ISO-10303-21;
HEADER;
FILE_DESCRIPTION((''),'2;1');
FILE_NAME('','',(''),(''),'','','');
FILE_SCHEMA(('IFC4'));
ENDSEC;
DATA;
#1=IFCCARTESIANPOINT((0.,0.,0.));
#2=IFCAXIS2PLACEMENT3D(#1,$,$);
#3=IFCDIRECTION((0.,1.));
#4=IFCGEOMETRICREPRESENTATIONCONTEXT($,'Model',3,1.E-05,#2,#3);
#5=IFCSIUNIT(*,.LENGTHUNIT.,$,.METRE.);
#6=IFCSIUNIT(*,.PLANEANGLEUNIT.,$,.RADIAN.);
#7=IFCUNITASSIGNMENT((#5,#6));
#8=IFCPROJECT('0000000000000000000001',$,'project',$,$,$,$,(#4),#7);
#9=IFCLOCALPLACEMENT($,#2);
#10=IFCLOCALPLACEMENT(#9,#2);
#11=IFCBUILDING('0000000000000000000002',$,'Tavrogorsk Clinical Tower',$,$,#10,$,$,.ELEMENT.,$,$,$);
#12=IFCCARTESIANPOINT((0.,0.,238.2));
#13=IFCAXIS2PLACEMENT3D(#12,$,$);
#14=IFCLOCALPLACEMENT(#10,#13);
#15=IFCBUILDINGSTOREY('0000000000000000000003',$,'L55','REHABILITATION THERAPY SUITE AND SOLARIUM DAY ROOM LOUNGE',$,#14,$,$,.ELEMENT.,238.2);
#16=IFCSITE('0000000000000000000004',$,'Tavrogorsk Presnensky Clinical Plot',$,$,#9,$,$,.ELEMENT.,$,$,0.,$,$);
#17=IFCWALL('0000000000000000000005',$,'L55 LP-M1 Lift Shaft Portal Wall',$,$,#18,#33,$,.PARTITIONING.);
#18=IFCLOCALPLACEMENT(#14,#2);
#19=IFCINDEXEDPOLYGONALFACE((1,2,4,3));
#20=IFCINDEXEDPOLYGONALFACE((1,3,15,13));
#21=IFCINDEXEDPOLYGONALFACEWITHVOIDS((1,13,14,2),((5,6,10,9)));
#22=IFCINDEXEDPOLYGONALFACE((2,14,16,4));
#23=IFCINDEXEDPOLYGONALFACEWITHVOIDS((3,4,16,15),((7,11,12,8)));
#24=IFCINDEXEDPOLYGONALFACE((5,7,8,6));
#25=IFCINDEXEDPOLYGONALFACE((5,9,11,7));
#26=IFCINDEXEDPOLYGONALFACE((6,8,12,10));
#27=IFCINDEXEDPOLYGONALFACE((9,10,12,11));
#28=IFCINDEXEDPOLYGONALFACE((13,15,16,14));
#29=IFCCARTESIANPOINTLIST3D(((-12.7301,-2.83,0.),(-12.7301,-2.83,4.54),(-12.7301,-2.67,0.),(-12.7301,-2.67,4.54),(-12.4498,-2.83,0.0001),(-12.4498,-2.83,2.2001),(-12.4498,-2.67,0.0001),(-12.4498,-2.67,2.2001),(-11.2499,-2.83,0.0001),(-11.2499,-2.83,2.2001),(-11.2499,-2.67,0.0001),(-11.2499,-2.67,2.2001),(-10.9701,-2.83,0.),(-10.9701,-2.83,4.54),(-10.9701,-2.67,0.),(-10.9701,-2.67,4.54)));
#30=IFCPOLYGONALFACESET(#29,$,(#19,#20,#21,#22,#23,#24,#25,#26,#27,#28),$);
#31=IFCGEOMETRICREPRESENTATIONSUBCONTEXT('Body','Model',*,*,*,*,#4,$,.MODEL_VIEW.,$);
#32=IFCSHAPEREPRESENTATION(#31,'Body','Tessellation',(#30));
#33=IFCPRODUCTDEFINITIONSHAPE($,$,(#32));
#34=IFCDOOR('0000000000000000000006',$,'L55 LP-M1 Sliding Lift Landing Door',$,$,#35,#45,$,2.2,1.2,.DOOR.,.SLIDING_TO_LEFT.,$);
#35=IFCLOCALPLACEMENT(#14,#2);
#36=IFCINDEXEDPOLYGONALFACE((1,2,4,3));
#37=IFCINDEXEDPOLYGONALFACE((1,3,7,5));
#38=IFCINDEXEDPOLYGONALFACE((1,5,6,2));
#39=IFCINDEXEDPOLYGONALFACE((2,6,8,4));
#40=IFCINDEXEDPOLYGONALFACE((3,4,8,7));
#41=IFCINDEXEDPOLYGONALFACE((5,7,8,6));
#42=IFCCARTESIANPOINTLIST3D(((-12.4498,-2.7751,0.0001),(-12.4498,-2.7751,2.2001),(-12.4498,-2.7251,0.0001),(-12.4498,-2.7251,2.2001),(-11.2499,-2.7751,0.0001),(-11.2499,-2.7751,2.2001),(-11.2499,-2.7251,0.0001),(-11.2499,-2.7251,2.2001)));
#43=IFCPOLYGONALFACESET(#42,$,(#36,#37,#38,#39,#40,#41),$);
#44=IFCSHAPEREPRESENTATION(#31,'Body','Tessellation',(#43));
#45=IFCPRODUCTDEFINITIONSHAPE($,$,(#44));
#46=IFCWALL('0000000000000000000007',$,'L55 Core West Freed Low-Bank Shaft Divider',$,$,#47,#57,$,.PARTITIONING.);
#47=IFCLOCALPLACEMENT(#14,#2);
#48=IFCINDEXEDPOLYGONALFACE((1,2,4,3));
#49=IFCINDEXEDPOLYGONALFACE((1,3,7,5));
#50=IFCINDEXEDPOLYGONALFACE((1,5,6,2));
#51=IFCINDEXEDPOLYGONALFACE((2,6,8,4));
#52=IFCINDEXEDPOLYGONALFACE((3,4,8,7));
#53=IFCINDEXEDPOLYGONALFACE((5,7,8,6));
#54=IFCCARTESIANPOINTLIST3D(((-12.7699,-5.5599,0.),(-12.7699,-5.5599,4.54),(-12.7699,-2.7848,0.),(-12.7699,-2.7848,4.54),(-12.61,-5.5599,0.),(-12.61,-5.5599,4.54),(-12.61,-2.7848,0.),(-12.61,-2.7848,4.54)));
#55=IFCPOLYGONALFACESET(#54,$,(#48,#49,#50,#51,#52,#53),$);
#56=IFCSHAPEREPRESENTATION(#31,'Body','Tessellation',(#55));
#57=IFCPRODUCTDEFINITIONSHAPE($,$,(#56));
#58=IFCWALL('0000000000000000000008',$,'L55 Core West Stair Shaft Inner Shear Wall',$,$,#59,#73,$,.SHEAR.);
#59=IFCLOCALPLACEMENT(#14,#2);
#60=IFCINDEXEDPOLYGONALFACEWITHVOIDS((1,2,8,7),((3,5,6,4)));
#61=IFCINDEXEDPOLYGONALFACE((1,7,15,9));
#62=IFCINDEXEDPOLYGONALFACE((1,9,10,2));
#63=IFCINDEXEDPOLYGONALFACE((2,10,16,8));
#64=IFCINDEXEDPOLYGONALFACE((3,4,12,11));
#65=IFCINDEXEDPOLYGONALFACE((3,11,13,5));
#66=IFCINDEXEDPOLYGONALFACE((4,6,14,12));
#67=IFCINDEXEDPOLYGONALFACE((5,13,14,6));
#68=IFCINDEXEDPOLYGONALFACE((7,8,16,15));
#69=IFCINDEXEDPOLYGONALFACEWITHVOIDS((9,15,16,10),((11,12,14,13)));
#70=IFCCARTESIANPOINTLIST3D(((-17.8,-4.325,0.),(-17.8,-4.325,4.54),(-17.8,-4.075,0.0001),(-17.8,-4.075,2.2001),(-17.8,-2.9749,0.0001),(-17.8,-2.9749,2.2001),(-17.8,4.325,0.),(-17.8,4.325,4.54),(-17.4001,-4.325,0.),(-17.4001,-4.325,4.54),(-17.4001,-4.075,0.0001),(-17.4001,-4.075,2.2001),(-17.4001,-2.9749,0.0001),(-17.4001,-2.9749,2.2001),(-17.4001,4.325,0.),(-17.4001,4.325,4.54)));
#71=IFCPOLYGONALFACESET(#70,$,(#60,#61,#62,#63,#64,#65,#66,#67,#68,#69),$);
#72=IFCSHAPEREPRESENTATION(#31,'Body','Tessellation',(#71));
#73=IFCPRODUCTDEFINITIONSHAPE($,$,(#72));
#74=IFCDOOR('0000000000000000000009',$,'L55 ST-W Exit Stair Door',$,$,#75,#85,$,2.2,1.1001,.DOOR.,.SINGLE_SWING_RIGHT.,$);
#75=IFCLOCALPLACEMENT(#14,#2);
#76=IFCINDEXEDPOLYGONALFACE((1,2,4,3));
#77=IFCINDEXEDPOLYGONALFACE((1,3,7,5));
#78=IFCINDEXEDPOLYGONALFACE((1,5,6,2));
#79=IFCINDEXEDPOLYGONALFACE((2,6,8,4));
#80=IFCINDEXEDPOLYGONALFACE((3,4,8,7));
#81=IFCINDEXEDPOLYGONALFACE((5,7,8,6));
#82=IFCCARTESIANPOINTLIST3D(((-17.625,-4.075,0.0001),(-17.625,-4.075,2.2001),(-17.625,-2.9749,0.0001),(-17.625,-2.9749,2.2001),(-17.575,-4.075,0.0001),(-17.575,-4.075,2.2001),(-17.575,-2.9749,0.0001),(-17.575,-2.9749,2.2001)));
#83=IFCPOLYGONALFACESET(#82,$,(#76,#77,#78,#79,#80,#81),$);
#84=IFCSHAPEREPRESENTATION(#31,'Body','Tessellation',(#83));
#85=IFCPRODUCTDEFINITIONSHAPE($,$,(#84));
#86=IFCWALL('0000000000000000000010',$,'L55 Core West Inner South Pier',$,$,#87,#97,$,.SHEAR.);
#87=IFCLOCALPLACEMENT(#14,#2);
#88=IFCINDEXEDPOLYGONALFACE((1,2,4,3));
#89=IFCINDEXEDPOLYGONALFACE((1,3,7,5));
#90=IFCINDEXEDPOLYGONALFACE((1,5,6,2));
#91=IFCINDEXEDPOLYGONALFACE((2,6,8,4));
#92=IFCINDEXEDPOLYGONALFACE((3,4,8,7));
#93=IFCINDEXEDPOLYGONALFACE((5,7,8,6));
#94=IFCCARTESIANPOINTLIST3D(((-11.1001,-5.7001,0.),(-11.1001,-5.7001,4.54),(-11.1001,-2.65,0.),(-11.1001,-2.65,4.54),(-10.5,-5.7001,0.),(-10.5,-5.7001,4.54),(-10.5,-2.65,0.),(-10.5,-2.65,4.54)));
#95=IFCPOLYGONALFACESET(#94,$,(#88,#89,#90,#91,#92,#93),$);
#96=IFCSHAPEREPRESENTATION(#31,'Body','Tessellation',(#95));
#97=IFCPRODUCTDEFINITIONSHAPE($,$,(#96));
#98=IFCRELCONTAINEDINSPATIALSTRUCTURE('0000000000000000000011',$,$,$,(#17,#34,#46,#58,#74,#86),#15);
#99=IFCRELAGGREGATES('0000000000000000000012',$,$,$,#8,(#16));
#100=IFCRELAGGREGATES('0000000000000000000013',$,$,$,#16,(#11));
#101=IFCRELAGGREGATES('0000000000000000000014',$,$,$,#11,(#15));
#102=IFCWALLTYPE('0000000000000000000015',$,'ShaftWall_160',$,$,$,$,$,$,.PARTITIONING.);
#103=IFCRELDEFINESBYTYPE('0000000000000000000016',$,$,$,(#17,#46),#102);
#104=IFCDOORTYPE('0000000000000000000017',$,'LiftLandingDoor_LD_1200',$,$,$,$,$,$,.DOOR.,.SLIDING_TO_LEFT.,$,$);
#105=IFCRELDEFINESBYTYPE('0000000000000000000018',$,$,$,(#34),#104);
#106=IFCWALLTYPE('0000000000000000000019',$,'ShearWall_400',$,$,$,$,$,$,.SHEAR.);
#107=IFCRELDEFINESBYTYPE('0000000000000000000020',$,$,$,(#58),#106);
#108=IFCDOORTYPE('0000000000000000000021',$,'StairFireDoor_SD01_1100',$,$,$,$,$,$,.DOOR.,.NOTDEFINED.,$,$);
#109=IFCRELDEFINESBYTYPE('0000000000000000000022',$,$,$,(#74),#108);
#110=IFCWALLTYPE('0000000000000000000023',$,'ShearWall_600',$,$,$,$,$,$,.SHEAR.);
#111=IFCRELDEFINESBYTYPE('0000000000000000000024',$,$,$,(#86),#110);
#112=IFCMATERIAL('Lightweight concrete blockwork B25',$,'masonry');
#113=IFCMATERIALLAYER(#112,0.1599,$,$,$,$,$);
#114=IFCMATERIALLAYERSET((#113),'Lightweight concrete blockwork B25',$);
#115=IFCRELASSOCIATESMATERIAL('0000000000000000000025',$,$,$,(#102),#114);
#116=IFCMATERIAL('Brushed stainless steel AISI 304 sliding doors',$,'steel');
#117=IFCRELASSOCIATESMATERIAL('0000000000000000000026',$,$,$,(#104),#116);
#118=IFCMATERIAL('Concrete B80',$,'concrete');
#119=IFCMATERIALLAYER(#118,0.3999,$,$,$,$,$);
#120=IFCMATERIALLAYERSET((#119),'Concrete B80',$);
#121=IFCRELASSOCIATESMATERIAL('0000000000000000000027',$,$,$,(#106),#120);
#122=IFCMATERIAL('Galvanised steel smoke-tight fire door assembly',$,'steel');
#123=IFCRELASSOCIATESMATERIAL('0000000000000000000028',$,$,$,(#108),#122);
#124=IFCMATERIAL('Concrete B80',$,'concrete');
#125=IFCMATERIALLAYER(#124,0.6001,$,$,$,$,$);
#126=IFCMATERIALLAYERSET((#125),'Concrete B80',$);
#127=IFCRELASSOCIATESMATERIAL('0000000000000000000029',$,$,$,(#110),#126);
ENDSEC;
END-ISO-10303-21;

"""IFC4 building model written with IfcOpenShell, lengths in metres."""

from ifc_helpers import new_model, si_unit, direction, frame, frame_2d, origin, place, context, subcontext, project, spatial, rectangle, extrude, material, layer, layer_set, type_object, element, fill, save


model = new_model("IFC4")

# Units and contexts
model_context = context("Model", 3, precision=1e-05, world=origin(), true_north=direction((0.0, 1.0)))
body_context = subcontext(model_context, "Body", "Model", "MODEL_VIEW")
ifc_project = project(units=[si_unit("LENGTHUNIT", "METRE"), si_unit("PLANEANGLEUNIT", "RADIAN")], contexts=[model_context])

# Site, building, storey
site_placement = place(None, origin())
site = spatial("IfcSite", under=ifc_project, at=site_placement, Name="Tavrogorsk Presnensky Clinical Plot", CompositionType="ELEMENT", RefElevation=0.0)
building_placement = place(site_placement, origin())
building = spatial("IfcBuilding", under=site, at=building_placement, Name="Tavrogorsk Clinical Tower", CompositionType="ELEMENT")
storey_placement = place(building_placement, frame((0.0, 0.0, 238.2)))
storey = spatial("IfcBuildingStorey", under=building, at=storey_placement, Name="L55", Description="REHABILITATION THERAPY SUITE AND SOLARIUM DAY ROOM LOUNGE", CompositionType="ELEMENT", Elevation=238.2)

# Wall, opening, door
ifc_material_1 = material(Name="Lightweight concrete blockwork B25", Category="masonry")
ifc_layer_1 = layer(ifc_material_1, 0.1599)
ifc_layer_set_1 = layer_set([ifc_layer_1], Name="Lightweight concrete blockwork B25")
wall_type_1 = type_object("IfcWallType", Name="ShaftWall_160", PredefinedType="PARTITIONING", material=ifc_layer_set_1)
wall_1_placement = place(storey_placement, frame((-12.73, -2.75, 0.0), z_axis=(0.0, 0.0, 1.0), x_axis=(1.0, 0.0, 0.0)))
wall_1 = element("IfcWall", 1, at=wall_1_placement, inside=storey, type_object=wall_type_1, Name="L55 LP-M1 Lift Shaft Portal Wall", PredefinedType="PARTITIONING", context=body_context, shape_type="SweptSolid", body=[
    extrude(rectangle(XDim=1.76, YDim=0.1599, at=frame_2d((0.8799, 0.0))), origin(), (0.0, 0.0, 1.0), 4.54),
])
opening_1_placement = place(wall_1_placement, frame((0.28, 0.0, 0.0)))
opening_1 = element("IfcOpeningElement", 2, at=opening_1_placement, cuts=wall_1, PredefinedType="OPENING", context=body_context, shape_type="SweptSolid", body=[
    extrude(rectangle(XDim=1.2, YDim=2.2, at=frame_2d((0.6001, 1.1001))), frame((0.0, 0.0898, 0.0), z_axis=(0.0, -1.0, 0.0), x_axis=(1.0, 0.0, 0.0)), (0.0, 0.0, 1.0), 0.1799),
])
ifc_material_2 = material(Name="Brushed stainless steel AISI 304 sliding doors", Category="steel")
door_type_1 = type_object("IfcDoorType", Name="LiftLandingDoor_LD_1200", OperationType="SLIDING_TO_LEFT", PredefinedType="DOOR", material=ifc_material_2)
door_1_placement = place(opening_1_placement, origin())
door_1 = element("IfcDoor", 3, at=door_1_placement, inside=storey, type_object=door_type_1, Name="L55 LP-M1 Sliding Lift Landing Door", OperationType="SLIDING_TO_LEFT", OverallHeight=2.2, OverallWidth=1.2, PredefinedType="DOOR", context=body_context, shape_type="SweptSolid", body=[
    extrude(rectangle(XDim=1.2, YDim=2.2, at=frame_2d((0.6001, 1.1001))), frame((0.0, 0.0249, 0.0), z_axis=(0.0, -1.0, 0.0), x_axis=(1.0, 0.0, 0.0)), (0.0, 0.0, 1.0), 0.05),
])
fill(opening_1, door_1)

# Wall
wall_2_placement = place(storey_placement, frame((-12.6899, -5.5601, 0.0), z_axis=(0.0, 0.0, 1.0), x_axis=(0.0, 1.0, 0.0)))
element("IfcWall", 4, at=wall_2_placement, inside=storey, type_object=wall_type_1, Name="L55 Core West Freed Low-Bank Shaft Divider", PredefinedType="PARTITIONING", context=body_context, shape_type="SweptSolid", body=[
    extrude(rectangle(XDim=2.7751, YDim=0.1599, at=frame_2d((1.3877, 0.0))), origin(), (0.0, 0.0, 1.0), 4.54),
])

# Wall, opening, door
ifc_material_3 = material(Name="Concrete B80", Category="concrete")
ifc_layer_2 = layer(ifc_material_3, 0.3999)
ifc_layer_set_2 = layer_set([ifc_layer_2], Name="Concrete B80")
wall_type_2 = type_object("IfcWallType", Name="ShearWall_400", PredefinedType="SHEAR", material=ifc_layer_set_2)
wall_3_placement = place(storey_placement, frame((-17.6001, -4.325, 0.0), z_axis=(0.0, 0.0, 1.0), x_axis=(0.0, 1.0, 0.0)))
wall_3 = element("IfcWall", 5, at=wall_3_placement, inside=storey, type_object=wall_type_2, Name="L55 Core West Stair Shaft Inner Shear Wall", PredefinedType="SHEAR", context=body_context, shape_type="SweptSolid", body=[
    extrude(rectangle(XDim=8.6499, YDim=0.3999, at=frame_2d((4.325, 0.0))), origin(), (0.0, 0.0, 1.0), 4.54),
])
opening_2_placement = place(wall_3_placement, frame((0.25, 0.0, 0.0)))
opening_2 = element("IfcOpeningElement", 6, at=opening_2_placement, cuts=wall_3, PredefinedType="OPENING", context=body_context, shape_type="SweptSolid", body=[
    extrude(rectangle(XDim=1.1001, YDim=2.2, at=frame_2d((0.55, 1.1001))), frame((0.0, 0.21, 0.0), z_axis=(0.0, -1.0, 0.0), x_axis=(1.0, 0.0, 0.0)), (0.0, 0.0, 1.0), 0.4199),
])
ifc_material_4 = material(Name="Galvanised steel smoke-tight fire door assembly", Category="steel")
door_type_2 = type_object("IfcDoorType", Name="StairFireDoor_SD01_1100", OperationType="NOTDEFINED", PredefinedType="DOOR", material=ifc_material_4)
door_2_placement = place(opening_2_placement, origin())
door_2 = element("IfcDoor", 7, at=door_2_placement, inside=storey, type_object=door_type_2, Name="L55 ST-W Exit Stair Door", OperationType="SINGLE_SWING_RIGHT", OverallHeight=2.2, OverallWidth=1.1001, PredefinedType="DOOR", context=body_context, shape_type="SweptSolid", body=[
    extrude(rectangle(XDim=1.1001, YDim=2.2, at=frame_2d((0.55, 1.1001))), frame((0.0, 0.0249, 0.0), z_axis=(0.0, -1.0, 0.0), x_axis=(1.0, 0.0, 0.0)), (0.0, 0.0, 1.0), 0.05),
])
fill(opening_2, door_2)

# Wall
ifc_material_5 = material(Name="Concrete B80", Category="concrete")
ifc_layer_3 = layer(ifc_material_5, 0.6001)
ifc_layer_set_3 = layer_set([ifc_layer_3], Name="Concrete B80")
wall_type_3 = type_object("IfcWallType", Name="ShearWall_600", PredefinedType="SHEAR", material=ifc_layer_set_3)
wall_4_placement = place(storey_placement, frame((-10.8, -5.7, 0.0), z_axis=(0.0, 0.0, 1.0), x_axis=(0.0, 1.0, 0.0)))
element("IfcWall", 8, at=wall_4_placement, inside=storey, type_object=wall_type_3, Name="L55 Core West Inner South Pier", PredefinedType="SHEAR", context=body_context, shape_type="SweptSolid", body=[
    extrude(rectangle(XDim=3.05, YDim=0.6001, at=frame_2d((1.5249, 0.0))), origin(), (0.0, 0.0, 1.0), 4.54),
])

save(model, "model.ifc")
